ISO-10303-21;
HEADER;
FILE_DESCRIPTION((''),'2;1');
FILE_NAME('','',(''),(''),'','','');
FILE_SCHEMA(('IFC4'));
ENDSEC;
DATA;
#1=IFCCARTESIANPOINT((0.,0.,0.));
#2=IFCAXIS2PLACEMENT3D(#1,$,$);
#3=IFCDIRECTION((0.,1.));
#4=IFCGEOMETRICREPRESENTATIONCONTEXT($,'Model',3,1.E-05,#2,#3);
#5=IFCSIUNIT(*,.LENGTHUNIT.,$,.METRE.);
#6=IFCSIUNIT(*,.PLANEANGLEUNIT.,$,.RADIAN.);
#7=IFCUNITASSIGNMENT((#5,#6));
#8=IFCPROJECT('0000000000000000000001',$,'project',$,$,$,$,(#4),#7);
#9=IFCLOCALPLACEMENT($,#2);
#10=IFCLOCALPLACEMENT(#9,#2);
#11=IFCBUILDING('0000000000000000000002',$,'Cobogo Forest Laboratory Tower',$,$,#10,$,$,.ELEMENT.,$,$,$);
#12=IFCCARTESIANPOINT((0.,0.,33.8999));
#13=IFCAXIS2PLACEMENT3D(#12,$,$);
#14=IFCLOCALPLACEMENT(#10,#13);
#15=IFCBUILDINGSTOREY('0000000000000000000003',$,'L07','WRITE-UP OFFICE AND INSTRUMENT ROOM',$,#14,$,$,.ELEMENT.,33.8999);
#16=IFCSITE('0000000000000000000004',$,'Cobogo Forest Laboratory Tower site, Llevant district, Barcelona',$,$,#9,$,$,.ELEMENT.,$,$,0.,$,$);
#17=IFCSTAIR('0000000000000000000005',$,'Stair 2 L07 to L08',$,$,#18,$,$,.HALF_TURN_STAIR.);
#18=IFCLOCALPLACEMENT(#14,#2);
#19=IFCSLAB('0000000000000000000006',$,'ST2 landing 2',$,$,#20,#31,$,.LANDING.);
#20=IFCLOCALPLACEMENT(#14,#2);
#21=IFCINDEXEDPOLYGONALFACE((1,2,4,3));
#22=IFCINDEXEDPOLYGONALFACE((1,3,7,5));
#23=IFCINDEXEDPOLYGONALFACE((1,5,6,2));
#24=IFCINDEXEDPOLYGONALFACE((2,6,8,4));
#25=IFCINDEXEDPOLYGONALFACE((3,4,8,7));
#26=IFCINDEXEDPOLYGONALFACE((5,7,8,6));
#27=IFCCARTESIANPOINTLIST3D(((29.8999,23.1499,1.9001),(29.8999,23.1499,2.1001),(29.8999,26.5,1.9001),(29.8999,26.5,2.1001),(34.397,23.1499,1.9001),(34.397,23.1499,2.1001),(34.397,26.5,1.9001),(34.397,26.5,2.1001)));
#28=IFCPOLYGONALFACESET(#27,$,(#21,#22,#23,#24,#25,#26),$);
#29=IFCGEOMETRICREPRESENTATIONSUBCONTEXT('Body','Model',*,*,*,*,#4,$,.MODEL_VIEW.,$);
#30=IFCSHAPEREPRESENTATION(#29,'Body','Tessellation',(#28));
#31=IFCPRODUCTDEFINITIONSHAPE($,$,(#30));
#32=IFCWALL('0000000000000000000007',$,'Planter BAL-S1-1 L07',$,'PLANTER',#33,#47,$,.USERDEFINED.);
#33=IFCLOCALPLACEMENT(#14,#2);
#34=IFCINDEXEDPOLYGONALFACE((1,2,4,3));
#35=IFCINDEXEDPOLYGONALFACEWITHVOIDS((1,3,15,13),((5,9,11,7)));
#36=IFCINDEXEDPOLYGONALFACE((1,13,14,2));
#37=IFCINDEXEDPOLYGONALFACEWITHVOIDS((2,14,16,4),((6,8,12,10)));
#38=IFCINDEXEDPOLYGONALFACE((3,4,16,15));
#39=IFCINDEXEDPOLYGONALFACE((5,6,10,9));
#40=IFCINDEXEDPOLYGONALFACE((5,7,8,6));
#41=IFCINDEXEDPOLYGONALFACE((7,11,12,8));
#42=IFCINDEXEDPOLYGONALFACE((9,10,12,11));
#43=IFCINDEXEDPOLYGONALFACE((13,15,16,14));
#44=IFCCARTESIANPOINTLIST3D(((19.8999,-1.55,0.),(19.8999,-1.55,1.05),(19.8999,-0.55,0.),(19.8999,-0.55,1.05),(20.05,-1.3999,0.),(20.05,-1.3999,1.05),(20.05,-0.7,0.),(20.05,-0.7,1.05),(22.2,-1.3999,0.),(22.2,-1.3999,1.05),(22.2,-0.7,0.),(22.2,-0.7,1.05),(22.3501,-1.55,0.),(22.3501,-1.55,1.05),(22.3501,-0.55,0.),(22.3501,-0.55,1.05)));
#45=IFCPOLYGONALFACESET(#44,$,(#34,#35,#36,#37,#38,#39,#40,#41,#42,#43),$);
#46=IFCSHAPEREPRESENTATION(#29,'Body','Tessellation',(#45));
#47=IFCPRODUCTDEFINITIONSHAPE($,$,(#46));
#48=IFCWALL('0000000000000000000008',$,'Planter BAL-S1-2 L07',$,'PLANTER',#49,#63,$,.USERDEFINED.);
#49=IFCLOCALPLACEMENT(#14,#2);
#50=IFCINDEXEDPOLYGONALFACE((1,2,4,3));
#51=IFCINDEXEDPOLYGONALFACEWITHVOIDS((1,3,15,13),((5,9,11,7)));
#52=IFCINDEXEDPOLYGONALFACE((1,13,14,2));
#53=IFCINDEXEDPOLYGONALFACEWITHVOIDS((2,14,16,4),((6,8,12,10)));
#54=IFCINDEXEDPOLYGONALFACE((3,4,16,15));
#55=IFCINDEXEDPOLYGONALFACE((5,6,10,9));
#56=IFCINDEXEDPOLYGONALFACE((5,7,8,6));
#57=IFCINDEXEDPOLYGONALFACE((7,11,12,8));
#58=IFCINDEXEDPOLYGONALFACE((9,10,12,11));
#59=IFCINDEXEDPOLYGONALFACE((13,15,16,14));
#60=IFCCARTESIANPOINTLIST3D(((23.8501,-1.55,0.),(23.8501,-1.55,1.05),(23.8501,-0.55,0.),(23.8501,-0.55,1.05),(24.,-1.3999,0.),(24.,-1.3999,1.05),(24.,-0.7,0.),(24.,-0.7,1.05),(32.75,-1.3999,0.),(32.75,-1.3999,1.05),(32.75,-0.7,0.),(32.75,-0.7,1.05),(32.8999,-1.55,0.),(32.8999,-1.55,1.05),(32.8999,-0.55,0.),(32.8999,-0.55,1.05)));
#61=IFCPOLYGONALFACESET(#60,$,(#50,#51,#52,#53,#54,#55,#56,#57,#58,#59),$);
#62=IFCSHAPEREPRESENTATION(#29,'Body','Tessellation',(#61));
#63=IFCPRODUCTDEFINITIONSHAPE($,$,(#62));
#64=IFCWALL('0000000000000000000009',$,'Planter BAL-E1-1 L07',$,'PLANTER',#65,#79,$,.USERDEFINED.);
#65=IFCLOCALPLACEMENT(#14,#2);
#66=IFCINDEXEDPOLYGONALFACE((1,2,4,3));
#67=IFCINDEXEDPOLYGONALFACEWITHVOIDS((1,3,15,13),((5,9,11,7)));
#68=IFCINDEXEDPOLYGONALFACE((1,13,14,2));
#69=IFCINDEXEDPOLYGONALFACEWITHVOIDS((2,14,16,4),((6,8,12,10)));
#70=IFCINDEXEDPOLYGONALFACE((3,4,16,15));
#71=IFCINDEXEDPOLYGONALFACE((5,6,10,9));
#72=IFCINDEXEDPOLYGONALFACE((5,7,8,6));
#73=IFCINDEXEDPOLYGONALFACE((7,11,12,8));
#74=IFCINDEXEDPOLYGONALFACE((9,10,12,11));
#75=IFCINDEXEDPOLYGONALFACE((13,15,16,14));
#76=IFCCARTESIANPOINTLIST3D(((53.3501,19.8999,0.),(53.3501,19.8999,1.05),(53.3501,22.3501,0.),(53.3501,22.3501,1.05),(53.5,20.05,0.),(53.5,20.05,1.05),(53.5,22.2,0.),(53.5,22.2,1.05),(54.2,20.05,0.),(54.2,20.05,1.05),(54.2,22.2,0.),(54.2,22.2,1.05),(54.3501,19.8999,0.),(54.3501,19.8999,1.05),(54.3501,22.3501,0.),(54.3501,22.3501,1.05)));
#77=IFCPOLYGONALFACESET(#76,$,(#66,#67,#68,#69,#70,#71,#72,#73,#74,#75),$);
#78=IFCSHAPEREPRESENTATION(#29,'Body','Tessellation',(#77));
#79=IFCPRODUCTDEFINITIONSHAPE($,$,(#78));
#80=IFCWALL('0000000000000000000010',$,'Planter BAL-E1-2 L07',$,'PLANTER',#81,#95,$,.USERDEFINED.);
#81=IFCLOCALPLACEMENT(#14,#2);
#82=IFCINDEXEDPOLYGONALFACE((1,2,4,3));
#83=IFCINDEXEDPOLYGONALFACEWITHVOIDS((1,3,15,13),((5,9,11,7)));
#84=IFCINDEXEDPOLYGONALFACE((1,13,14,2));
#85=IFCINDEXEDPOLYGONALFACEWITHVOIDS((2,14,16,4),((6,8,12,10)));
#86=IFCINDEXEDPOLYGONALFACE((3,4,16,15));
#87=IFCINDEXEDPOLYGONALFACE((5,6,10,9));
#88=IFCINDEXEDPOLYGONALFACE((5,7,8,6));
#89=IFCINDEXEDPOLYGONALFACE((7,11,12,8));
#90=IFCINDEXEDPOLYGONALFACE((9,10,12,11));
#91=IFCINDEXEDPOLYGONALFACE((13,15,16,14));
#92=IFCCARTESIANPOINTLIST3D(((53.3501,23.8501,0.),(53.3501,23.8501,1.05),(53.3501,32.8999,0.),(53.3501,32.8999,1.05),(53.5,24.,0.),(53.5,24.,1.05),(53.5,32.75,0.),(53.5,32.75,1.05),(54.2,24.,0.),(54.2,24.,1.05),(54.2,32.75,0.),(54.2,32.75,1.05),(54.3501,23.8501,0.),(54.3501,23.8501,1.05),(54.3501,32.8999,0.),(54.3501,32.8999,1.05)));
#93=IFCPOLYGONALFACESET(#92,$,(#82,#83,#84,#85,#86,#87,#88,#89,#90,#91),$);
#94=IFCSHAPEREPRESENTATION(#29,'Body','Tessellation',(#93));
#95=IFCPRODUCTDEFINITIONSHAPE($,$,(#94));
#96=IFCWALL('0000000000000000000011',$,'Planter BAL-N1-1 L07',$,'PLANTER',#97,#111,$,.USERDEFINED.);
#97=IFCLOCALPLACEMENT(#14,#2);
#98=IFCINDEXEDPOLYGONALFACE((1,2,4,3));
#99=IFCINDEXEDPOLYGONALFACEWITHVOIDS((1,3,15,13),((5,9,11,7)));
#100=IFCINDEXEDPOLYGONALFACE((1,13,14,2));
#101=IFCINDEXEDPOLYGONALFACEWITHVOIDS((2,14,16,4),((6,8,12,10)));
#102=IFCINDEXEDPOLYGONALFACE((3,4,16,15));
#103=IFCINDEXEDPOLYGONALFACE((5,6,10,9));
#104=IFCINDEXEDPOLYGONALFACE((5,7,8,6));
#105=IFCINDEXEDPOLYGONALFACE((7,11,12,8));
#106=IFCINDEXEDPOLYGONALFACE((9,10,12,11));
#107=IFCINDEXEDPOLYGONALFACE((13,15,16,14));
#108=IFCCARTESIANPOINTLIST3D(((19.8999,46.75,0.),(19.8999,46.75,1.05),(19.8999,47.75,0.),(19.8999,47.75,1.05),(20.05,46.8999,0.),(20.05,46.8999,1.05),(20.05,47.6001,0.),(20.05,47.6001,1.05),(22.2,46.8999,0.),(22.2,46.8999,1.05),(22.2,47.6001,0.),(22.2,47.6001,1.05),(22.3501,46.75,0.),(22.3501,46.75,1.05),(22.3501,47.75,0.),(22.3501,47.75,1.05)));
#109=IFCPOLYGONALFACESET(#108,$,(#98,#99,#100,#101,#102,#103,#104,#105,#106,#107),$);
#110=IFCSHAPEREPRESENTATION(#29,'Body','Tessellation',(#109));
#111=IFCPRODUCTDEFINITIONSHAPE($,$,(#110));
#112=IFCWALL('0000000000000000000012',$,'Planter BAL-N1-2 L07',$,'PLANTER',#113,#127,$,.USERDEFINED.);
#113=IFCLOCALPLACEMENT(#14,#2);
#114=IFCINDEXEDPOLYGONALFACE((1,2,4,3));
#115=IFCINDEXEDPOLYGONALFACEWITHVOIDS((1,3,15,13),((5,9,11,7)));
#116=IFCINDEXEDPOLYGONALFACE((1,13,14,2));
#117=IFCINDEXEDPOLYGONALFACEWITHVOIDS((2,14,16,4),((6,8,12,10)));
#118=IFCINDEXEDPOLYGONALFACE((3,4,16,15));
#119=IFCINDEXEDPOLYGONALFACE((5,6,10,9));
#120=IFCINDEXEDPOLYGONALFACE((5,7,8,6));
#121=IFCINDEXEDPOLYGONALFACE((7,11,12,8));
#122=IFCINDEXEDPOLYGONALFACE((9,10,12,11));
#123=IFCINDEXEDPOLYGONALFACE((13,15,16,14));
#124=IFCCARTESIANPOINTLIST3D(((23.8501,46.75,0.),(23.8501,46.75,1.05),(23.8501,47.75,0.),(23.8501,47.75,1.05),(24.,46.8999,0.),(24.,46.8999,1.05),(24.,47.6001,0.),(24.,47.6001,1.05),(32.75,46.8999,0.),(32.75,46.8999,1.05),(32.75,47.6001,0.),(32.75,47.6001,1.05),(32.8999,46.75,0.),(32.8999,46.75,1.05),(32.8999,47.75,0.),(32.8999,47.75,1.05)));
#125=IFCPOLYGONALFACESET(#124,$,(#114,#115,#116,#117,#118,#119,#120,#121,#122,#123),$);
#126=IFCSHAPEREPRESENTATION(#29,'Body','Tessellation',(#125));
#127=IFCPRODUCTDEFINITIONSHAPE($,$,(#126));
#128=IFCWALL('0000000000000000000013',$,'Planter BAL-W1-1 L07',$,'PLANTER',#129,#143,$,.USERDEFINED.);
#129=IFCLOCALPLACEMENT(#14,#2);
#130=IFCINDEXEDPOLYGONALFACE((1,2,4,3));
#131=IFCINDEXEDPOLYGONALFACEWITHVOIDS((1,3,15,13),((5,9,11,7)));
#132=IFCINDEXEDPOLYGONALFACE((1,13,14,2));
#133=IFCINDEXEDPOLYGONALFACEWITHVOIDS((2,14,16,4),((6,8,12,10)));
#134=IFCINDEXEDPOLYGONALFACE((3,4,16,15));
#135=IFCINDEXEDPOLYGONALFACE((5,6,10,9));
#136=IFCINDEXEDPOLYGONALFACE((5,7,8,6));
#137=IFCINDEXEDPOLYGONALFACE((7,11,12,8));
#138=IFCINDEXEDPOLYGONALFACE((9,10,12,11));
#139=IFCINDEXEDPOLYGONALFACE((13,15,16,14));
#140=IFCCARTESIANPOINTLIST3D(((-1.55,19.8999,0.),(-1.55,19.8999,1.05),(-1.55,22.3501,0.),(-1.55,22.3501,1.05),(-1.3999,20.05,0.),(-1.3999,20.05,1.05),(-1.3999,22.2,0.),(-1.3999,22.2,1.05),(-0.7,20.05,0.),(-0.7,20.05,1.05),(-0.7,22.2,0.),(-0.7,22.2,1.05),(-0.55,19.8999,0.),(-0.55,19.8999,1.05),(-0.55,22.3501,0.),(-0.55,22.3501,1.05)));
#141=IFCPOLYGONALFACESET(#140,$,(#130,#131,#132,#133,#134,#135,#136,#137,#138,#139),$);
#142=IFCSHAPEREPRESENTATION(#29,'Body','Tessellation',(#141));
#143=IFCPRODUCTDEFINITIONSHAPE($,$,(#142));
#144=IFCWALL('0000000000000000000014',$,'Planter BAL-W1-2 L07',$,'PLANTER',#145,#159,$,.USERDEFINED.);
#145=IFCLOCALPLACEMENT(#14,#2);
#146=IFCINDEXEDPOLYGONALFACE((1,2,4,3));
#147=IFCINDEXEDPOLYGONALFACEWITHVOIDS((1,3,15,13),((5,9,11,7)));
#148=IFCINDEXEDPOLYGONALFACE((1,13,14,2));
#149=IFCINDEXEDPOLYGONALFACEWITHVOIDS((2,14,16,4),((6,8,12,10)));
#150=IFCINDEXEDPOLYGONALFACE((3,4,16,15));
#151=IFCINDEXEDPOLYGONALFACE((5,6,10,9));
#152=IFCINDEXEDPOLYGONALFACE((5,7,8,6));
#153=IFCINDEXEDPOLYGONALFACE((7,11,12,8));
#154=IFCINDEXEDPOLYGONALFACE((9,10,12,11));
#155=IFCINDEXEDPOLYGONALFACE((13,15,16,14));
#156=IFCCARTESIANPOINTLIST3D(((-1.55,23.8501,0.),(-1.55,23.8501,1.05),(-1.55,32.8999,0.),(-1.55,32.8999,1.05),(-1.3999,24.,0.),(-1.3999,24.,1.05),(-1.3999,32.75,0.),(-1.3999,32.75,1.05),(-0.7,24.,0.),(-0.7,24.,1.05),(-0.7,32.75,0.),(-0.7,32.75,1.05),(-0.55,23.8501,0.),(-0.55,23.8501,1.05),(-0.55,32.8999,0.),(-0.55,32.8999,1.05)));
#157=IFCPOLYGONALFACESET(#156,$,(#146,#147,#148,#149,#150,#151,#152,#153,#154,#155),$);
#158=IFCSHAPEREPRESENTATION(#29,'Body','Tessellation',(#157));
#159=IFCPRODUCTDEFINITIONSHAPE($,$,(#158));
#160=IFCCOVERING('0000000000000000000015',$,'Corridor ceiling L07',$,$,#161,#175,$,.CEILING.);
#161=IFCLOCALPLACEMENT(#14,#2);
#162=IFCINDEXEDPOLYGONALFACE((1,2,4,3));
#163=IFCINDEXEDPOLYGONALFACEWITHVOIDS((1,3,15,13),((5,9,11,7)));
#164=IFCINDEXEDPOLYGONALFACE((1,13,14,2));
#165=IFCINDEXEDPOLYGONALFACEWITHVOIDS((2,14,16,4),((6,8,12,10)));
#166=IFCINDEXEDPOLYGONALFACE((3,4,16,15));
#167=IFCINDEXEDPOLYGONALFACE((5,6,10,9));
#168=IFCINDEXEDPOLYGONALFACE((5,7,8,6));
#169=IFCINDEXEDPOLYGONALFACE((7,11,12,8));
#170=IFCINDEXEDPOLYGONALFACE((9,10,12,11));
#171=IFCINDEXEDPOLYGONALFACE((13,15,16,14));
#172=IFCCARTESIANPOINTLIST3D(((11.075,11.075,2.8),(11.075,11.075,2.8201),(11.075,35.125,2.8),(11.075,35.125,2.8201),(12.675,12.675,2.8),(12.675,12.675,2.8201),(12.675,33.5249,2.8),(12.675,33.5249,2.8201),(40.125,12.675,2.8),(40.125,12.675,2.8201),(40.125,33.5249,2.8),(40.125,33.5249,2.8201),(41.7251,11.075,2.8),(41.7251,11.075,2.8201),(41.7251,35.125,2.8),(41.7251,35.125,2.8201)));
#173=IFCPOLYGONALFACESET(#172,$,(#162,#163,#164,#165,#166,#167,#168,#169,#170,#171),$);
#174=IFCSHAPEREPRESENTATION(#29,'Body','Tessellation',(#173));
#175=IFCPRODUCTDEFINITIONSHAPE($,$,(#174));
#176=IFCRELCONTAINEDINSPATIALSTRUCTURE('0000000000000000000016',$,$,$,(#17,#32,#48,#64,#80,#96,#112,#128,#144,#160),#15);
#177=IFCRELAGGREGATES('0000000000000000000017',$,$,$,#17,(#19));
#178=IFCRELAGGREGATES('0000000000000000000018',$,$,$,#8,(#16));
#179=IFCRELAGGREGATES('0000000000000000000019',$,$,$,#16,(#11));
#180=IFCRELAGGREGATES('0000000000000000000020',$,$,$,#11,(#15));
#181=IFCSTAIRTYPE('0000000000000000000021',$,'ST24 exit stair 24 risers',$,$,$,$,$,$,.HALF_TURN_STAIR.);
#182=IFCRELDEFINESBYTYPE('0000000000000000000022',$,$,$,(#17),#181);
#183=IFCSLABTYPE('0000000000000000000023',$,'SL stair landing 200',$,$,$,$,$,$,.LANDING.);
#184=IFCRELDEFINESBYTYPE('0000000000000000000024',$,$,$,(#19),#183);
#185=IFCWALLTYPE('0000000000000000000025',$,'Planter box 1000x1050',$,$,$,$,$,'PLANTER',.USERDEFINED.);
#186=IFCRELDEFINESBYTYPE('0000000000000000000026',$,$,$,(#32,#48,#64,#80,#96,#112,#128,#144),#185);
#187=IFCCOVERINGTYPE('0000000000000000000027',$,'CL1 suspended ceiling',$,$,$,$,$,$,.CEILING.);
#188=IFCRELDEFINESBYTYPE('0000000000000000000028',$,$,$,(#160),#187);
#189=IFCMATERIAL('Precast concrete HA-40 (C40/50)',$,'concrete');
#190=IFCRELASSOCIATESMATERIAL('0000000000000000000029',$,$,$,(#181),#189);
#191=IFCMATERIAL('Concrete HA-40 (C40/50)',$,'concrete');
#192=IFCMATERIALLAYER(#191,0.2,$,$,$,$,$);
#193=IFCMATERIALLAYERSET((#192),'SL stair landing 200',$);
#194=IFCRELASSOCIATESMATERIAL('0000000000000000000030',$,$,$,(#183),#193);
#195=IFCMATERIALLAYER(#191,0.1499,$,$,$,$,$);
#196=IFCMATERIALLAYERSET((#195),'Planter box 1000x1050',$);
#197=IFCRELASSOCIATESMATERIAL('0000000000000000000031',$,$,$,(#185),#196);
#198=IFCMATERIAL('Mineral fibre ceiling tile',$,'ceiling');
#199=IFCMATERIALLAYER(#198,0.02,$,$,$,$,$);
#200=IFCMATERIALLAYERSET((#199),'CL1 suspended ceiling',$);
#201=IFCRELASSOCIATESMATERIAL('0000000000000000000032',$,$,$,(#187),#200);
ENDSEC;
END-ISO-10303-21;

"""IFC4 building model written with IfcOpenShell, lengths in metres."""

from ifc_helpers import new_model, si_unit, direction, frame, origin, place, context, subcontext, project, spatial, polyline, outline, extrude, material, layer, layer_set, type_object, element, aggregate, save


model = new_model("IFC4")

# Units and contexts
model_context = context("Model", 3, precision=1e-05, world=origin(), true_north=direction((0.0, 1.0)))
body_context = subcontext(model_context, "Body", "Model", "MODEL_VIEW")
ifc_project = project(units=[si_unit("LENGTHUNIT", "METRE"), si_unit("PLANEANGLEUNIT", "RADIAN")], contexts=[model_context])

# Site, building, storey
site_placement = place(None, origin())
site = spatial("IfcSite", under=ifc_project, at=site_placement, Name="Cobogo Forest Laboratory Tower site, Llevant district, Barcelona", CompositionType="ELEMENT", RefElevation=0.0)
building_placement = place(site_placement, origin())
building = spatial("IfcBuilding", under=site, at=building_placement, Name="Cobogo Forest Laboratory Tower", CompositionType="ELEMENT")
storey_placement = place(building_placement, frame((0.0, 0.0, 33.8999)))
storey = spatial("IfcBuildingStorey", under=building, at=storey_placement, Name="L07", Description="WRITE-UP OFFICE AND INSTRUMENT ROOM", CompositionType="ELEMENT", Elevation=33.8999)

# Shared definitions
ifc_material_1 = material(Name="Concrete HA-40 (C40/50)", Category="concrete")

# Stair, slab
ifc_material_2 = material(Name="Precast concrete HA-40 (C40/50)", Category="concrete")
stair_type = type_object("IfcStairType", Name="ST24 exit stair 24 risers", PredefinedType="HALF_TURN_STAIR", material=ifc_material_2)
ifc_layer_1 = layer(ifc_material_1, 0.2)
ifc_layer_set_1 = layer_set([ifc_layer_1], Name="SL stair landing 200")
slab_type_1 = type_object("IfcSlabType", Name="SL stair landing 200", PredefinedType="LANDING", material=ifc_layer_set_1)
stair_1_placement = place(storey_placement, origin())
stair_1 = element("IfcStair", 1, at=stair_1_placement, inside=storey, type_object=stair_type, Name="Stair 2 L07 to L08", PredefinedType="HALF_TURN_STAIR")
slab_1_placement = place(storey_placement, frame((0.0, 0.0, 1.9001)))
slab_1 = element("IfcSlab", 2, at=slab_1_placement, type_object=slab_type_1, Name="ST2 landing 2", PredefinedType="LANDING", context=body_context, shape_type="SweptSolid", body=[
    extrude(outline(polyline([(29.8999, 23.1499), (34.397, 23.1499), (34.397, 26.5), (29.8999, 26.5), (29.8999, 23.1499)])), origin(), (0.0, 0.0, 1.0), 0.2),
])
aggregate(stair_1, [slab_1])

# Walls
ifc_layer_2 = layer(ifc_material_1, 0.1499)
ifc_layer_set_2 = layer_set([ifc_layer_2], Name="Planter box 1000x1050")
wall_type = type_object("IfcWallType", Name="Planter box 1000x1050", ElementType="PLANTER", PredefinedType="USERDEFINED", material=ifc_layer_set_2)
wall_1_placement = place(storey_placement, origin())
element("IfcWall", 3, at=wall_1_placement, inside=storey, type_object=wall_type, Name="Planter BAL-S1-1 L07", ObjectType="PLANTER", PredefinedType="USERDEFINED", context=body_context, shape_type="SweptSolid", body=[
    extrude(outline(polyline([(19.8999, -1.55), (22.3501, -1.55), (22.3501, -0.55), (19.8999, -0.55), (19.8999, -1.55)]), holes=[polyline([(20.05, -1.3999), (22.2, -1.3999), (22.2, -0.7), (20.05, -0.7), (20.05, -1.3999)])]), origin(), (0.0, 0.0, 1.0), 1.05),
])
wall_2_placement = place(storey_placement, origin())
element("IfcWall", 4, at=wall_2_placement, inside=storey, type_object=wall_type, Name="Planter BAL-S1-2 L07", ObjectType="PLANTER", PredefinedType="USERDEFINED", context=body_context, shape_type="SweptSolid", body=[
    extrude(outline(polyline([(23.8501, -1.55), (32.8999, -1.55), (32.8999, -0.55), (23.8501, -0.55), (23.8501, -1.55)]), holes=[polyline([(24.0, -1.3999), (32.75, -1.3999), (32.75, -0.7), (24.0, -0.7), (24.0, -1.3999)])]), origin(), (0.0, 0.0, 1.0), 1.05),
])
wall_3_placement = place(storey_placement, origin())
element("IfcWall", 5, at=wall_3_placement, inside=storey, type_object=wall_type, Name="Planter BAL-E1-1 L07", ObjectType="PLANTER", PredefinedType="USERDEFINED", context=body_context, shape_type="SweptSolid", body=[
    extrude(outline(polyline([(53.3501, 19.8999), (54.3501, 19.8999), (54.3501, 22.3501), (53.3501, 22.3501), (53.3501, 19.8999)]), holes=[polyline([(53.5, 20.05), (54.2, 20.05), (54.2, 22.2), (53.5, 22.2), (53.5, 20.05)])]), origin(), (0.0, 0.0, 1.0), 1.05),
])
wall_4_placement = place(storey_placement, origin())
element("IfcWall", 6, at=wall_4_placement, inside=storey, type_object=wall_type, Name="Planter BAL-E1-2 L07", ObjectType="PLANTER", PredefinedType="USERDEFINED", context=body_context, shape_type="SweptSolid", body=[
    extrude(outline(polyline([(53.3501, 23.8501), (54.3501, 23.8501), (54.3501, 32.8999), (53.3501, 32.8999), (53.3501, 23.8501)]), holes=[polyline([(53.5, 24.0), (54.2, 24.0), (54.2, 32.75), (53.5, 32.75), (53.5, 24.0)])]), origin(), (0.0, 0.0, 1.0), 1.05),
])
wall_5_placement = place(storey_placement, origin())
element("IfcWall", 7, at=wall_5_placement, inside=storey, type_object=wall_type, Name="Planter BAL-N1-1 L07", ObjectType="PLANTER", PredefinedType="USERDEFINED", context=body_context, shape_type="SweptSolid", body=[
    extrude(outline(polyline([(19.8999, 46.75), (22.3501, 46.75), (22.3501, 47.75), (19.8999, 47.75), (19.8999, 46.75)]), holes=[polyline([(20.05, 46.8999), (22.2, 46.8999), (22.2, 47.6001), (20.05, 47.6001), (20.05, 46.8999)])]), origin(), (0.0, 0.0, 1.0), 1.05),
])
wall_6_placement = place(storey_placement, origin())
element("IfcWall", 8, at=wall_6_placement, inside=storey, type_object=wall_type, Name="Planter BAL-N1-2 L07", ObjectType="PLANTER", PredefinedType="USERDEFINED", context=body_context, shape_type="SweptSolid", body=[
    extrude(outline(polyline([(23.8501, 46.75), (32.8999, 46.75), (32.8999, 47.75), (23.8501, 47.75), (23.8501, 46.75)]), holes=[polyline([(24.0, 46.8999), (32.75, 46.8999), (32.75, 47.6001), (24.0, 47.6001), (24.0, 46.8999)])]), origin(), (0.0, 0.0, 1.0), 1.05),
])
wall_7_placement = place(storey_placement, origin())
element("IfcWall", 9, at=wall_7_placement, inside=storey, type_object=wall_type, Name="Planter BAL-W1-1 L07", ObjectType="PLANTER", PredefinedType="USERDEFINED", context=body_context, shape_type="SweptSolid", body=[
    extrude(outline(polyline([(-1.55, 19.8999), (-0.55, 19.8999), (-0.55, 22.3501), (-1.55, 22.3501), (-1.55, 19.8999)]), holes=[polyline([(-1.3999, 20.05), (-0.7, 20.05), (-0.7, 22.2), (-1.3999, 22.2), (-1.3999, 20.05)])]), origin(), (0.0, 0.0, 1.0), 1.05),
])
wall_8_placement = place(storey_placement, origin())
element("IfcWall", 10, at=wall_8_placement, inside=storey, type_object=wall_type, Name="Planter BAL-W1-2 L07", ObjectType="PLANTER", PredefinedType="USERDEFINED", context=body_context, shape_type="SweptSolid", body=[
    extrude(outline(polyline([(-1.55, 23.8501), (-0.55, 23.8501), (-0.55, 32.8999), (-1.55, 32.8999), (-1.55, 23.8501)]), holes=[polyline([(-1.3999, 24.0), (-0.7, 24.0), (-0.7, 32.75), (-1.3999, 32.75), (-1.3999, 24.0)])]), origin(), (0.0, 0.0, 1.0), 1.05),
])

# Covering
ifc_material_3 = material(Name="Mineral fibre ceiling tile", Category="ceiling")
ifc_layer_3 = layer(ifc_material_3, 0.02)
ifc_layer_set_3 = layer_set([ifc_layer_3], Name="CL1 suspended ceiling")
covering_type_1 = type_object("IfcCoveringType", Name="CL1 suspended ceiling", PredefinedType="CEILING", material=ifc_layer_set_3)
covering_1_placement = place(storey_placement, frame((0.0, 0.0, 2.8)))
element("IfcCovering", 11, at=covering_1_placement, inside=storey, type_object=covering_type_1, Name="Corridor ceiling L07", PredefinedType="CEILING", context=body_context, shape_type="SweptSolid", body=[
    extrude(outline(polyline([(11.075, 11.075), (11.075, 35.125), (41.7251, 35.125), (41.7251, 11.075), (11.075, 11.075)]), holes=[polyline([(40.125, 33.5249), (12.675, 33.5249), (12.675, 12.675), (40.125, 12.675), (40.125, 33.5249)])]), origin(), (0.0, 0.0, 1.0), 0.02),
])

save(model, "model.ifc")
